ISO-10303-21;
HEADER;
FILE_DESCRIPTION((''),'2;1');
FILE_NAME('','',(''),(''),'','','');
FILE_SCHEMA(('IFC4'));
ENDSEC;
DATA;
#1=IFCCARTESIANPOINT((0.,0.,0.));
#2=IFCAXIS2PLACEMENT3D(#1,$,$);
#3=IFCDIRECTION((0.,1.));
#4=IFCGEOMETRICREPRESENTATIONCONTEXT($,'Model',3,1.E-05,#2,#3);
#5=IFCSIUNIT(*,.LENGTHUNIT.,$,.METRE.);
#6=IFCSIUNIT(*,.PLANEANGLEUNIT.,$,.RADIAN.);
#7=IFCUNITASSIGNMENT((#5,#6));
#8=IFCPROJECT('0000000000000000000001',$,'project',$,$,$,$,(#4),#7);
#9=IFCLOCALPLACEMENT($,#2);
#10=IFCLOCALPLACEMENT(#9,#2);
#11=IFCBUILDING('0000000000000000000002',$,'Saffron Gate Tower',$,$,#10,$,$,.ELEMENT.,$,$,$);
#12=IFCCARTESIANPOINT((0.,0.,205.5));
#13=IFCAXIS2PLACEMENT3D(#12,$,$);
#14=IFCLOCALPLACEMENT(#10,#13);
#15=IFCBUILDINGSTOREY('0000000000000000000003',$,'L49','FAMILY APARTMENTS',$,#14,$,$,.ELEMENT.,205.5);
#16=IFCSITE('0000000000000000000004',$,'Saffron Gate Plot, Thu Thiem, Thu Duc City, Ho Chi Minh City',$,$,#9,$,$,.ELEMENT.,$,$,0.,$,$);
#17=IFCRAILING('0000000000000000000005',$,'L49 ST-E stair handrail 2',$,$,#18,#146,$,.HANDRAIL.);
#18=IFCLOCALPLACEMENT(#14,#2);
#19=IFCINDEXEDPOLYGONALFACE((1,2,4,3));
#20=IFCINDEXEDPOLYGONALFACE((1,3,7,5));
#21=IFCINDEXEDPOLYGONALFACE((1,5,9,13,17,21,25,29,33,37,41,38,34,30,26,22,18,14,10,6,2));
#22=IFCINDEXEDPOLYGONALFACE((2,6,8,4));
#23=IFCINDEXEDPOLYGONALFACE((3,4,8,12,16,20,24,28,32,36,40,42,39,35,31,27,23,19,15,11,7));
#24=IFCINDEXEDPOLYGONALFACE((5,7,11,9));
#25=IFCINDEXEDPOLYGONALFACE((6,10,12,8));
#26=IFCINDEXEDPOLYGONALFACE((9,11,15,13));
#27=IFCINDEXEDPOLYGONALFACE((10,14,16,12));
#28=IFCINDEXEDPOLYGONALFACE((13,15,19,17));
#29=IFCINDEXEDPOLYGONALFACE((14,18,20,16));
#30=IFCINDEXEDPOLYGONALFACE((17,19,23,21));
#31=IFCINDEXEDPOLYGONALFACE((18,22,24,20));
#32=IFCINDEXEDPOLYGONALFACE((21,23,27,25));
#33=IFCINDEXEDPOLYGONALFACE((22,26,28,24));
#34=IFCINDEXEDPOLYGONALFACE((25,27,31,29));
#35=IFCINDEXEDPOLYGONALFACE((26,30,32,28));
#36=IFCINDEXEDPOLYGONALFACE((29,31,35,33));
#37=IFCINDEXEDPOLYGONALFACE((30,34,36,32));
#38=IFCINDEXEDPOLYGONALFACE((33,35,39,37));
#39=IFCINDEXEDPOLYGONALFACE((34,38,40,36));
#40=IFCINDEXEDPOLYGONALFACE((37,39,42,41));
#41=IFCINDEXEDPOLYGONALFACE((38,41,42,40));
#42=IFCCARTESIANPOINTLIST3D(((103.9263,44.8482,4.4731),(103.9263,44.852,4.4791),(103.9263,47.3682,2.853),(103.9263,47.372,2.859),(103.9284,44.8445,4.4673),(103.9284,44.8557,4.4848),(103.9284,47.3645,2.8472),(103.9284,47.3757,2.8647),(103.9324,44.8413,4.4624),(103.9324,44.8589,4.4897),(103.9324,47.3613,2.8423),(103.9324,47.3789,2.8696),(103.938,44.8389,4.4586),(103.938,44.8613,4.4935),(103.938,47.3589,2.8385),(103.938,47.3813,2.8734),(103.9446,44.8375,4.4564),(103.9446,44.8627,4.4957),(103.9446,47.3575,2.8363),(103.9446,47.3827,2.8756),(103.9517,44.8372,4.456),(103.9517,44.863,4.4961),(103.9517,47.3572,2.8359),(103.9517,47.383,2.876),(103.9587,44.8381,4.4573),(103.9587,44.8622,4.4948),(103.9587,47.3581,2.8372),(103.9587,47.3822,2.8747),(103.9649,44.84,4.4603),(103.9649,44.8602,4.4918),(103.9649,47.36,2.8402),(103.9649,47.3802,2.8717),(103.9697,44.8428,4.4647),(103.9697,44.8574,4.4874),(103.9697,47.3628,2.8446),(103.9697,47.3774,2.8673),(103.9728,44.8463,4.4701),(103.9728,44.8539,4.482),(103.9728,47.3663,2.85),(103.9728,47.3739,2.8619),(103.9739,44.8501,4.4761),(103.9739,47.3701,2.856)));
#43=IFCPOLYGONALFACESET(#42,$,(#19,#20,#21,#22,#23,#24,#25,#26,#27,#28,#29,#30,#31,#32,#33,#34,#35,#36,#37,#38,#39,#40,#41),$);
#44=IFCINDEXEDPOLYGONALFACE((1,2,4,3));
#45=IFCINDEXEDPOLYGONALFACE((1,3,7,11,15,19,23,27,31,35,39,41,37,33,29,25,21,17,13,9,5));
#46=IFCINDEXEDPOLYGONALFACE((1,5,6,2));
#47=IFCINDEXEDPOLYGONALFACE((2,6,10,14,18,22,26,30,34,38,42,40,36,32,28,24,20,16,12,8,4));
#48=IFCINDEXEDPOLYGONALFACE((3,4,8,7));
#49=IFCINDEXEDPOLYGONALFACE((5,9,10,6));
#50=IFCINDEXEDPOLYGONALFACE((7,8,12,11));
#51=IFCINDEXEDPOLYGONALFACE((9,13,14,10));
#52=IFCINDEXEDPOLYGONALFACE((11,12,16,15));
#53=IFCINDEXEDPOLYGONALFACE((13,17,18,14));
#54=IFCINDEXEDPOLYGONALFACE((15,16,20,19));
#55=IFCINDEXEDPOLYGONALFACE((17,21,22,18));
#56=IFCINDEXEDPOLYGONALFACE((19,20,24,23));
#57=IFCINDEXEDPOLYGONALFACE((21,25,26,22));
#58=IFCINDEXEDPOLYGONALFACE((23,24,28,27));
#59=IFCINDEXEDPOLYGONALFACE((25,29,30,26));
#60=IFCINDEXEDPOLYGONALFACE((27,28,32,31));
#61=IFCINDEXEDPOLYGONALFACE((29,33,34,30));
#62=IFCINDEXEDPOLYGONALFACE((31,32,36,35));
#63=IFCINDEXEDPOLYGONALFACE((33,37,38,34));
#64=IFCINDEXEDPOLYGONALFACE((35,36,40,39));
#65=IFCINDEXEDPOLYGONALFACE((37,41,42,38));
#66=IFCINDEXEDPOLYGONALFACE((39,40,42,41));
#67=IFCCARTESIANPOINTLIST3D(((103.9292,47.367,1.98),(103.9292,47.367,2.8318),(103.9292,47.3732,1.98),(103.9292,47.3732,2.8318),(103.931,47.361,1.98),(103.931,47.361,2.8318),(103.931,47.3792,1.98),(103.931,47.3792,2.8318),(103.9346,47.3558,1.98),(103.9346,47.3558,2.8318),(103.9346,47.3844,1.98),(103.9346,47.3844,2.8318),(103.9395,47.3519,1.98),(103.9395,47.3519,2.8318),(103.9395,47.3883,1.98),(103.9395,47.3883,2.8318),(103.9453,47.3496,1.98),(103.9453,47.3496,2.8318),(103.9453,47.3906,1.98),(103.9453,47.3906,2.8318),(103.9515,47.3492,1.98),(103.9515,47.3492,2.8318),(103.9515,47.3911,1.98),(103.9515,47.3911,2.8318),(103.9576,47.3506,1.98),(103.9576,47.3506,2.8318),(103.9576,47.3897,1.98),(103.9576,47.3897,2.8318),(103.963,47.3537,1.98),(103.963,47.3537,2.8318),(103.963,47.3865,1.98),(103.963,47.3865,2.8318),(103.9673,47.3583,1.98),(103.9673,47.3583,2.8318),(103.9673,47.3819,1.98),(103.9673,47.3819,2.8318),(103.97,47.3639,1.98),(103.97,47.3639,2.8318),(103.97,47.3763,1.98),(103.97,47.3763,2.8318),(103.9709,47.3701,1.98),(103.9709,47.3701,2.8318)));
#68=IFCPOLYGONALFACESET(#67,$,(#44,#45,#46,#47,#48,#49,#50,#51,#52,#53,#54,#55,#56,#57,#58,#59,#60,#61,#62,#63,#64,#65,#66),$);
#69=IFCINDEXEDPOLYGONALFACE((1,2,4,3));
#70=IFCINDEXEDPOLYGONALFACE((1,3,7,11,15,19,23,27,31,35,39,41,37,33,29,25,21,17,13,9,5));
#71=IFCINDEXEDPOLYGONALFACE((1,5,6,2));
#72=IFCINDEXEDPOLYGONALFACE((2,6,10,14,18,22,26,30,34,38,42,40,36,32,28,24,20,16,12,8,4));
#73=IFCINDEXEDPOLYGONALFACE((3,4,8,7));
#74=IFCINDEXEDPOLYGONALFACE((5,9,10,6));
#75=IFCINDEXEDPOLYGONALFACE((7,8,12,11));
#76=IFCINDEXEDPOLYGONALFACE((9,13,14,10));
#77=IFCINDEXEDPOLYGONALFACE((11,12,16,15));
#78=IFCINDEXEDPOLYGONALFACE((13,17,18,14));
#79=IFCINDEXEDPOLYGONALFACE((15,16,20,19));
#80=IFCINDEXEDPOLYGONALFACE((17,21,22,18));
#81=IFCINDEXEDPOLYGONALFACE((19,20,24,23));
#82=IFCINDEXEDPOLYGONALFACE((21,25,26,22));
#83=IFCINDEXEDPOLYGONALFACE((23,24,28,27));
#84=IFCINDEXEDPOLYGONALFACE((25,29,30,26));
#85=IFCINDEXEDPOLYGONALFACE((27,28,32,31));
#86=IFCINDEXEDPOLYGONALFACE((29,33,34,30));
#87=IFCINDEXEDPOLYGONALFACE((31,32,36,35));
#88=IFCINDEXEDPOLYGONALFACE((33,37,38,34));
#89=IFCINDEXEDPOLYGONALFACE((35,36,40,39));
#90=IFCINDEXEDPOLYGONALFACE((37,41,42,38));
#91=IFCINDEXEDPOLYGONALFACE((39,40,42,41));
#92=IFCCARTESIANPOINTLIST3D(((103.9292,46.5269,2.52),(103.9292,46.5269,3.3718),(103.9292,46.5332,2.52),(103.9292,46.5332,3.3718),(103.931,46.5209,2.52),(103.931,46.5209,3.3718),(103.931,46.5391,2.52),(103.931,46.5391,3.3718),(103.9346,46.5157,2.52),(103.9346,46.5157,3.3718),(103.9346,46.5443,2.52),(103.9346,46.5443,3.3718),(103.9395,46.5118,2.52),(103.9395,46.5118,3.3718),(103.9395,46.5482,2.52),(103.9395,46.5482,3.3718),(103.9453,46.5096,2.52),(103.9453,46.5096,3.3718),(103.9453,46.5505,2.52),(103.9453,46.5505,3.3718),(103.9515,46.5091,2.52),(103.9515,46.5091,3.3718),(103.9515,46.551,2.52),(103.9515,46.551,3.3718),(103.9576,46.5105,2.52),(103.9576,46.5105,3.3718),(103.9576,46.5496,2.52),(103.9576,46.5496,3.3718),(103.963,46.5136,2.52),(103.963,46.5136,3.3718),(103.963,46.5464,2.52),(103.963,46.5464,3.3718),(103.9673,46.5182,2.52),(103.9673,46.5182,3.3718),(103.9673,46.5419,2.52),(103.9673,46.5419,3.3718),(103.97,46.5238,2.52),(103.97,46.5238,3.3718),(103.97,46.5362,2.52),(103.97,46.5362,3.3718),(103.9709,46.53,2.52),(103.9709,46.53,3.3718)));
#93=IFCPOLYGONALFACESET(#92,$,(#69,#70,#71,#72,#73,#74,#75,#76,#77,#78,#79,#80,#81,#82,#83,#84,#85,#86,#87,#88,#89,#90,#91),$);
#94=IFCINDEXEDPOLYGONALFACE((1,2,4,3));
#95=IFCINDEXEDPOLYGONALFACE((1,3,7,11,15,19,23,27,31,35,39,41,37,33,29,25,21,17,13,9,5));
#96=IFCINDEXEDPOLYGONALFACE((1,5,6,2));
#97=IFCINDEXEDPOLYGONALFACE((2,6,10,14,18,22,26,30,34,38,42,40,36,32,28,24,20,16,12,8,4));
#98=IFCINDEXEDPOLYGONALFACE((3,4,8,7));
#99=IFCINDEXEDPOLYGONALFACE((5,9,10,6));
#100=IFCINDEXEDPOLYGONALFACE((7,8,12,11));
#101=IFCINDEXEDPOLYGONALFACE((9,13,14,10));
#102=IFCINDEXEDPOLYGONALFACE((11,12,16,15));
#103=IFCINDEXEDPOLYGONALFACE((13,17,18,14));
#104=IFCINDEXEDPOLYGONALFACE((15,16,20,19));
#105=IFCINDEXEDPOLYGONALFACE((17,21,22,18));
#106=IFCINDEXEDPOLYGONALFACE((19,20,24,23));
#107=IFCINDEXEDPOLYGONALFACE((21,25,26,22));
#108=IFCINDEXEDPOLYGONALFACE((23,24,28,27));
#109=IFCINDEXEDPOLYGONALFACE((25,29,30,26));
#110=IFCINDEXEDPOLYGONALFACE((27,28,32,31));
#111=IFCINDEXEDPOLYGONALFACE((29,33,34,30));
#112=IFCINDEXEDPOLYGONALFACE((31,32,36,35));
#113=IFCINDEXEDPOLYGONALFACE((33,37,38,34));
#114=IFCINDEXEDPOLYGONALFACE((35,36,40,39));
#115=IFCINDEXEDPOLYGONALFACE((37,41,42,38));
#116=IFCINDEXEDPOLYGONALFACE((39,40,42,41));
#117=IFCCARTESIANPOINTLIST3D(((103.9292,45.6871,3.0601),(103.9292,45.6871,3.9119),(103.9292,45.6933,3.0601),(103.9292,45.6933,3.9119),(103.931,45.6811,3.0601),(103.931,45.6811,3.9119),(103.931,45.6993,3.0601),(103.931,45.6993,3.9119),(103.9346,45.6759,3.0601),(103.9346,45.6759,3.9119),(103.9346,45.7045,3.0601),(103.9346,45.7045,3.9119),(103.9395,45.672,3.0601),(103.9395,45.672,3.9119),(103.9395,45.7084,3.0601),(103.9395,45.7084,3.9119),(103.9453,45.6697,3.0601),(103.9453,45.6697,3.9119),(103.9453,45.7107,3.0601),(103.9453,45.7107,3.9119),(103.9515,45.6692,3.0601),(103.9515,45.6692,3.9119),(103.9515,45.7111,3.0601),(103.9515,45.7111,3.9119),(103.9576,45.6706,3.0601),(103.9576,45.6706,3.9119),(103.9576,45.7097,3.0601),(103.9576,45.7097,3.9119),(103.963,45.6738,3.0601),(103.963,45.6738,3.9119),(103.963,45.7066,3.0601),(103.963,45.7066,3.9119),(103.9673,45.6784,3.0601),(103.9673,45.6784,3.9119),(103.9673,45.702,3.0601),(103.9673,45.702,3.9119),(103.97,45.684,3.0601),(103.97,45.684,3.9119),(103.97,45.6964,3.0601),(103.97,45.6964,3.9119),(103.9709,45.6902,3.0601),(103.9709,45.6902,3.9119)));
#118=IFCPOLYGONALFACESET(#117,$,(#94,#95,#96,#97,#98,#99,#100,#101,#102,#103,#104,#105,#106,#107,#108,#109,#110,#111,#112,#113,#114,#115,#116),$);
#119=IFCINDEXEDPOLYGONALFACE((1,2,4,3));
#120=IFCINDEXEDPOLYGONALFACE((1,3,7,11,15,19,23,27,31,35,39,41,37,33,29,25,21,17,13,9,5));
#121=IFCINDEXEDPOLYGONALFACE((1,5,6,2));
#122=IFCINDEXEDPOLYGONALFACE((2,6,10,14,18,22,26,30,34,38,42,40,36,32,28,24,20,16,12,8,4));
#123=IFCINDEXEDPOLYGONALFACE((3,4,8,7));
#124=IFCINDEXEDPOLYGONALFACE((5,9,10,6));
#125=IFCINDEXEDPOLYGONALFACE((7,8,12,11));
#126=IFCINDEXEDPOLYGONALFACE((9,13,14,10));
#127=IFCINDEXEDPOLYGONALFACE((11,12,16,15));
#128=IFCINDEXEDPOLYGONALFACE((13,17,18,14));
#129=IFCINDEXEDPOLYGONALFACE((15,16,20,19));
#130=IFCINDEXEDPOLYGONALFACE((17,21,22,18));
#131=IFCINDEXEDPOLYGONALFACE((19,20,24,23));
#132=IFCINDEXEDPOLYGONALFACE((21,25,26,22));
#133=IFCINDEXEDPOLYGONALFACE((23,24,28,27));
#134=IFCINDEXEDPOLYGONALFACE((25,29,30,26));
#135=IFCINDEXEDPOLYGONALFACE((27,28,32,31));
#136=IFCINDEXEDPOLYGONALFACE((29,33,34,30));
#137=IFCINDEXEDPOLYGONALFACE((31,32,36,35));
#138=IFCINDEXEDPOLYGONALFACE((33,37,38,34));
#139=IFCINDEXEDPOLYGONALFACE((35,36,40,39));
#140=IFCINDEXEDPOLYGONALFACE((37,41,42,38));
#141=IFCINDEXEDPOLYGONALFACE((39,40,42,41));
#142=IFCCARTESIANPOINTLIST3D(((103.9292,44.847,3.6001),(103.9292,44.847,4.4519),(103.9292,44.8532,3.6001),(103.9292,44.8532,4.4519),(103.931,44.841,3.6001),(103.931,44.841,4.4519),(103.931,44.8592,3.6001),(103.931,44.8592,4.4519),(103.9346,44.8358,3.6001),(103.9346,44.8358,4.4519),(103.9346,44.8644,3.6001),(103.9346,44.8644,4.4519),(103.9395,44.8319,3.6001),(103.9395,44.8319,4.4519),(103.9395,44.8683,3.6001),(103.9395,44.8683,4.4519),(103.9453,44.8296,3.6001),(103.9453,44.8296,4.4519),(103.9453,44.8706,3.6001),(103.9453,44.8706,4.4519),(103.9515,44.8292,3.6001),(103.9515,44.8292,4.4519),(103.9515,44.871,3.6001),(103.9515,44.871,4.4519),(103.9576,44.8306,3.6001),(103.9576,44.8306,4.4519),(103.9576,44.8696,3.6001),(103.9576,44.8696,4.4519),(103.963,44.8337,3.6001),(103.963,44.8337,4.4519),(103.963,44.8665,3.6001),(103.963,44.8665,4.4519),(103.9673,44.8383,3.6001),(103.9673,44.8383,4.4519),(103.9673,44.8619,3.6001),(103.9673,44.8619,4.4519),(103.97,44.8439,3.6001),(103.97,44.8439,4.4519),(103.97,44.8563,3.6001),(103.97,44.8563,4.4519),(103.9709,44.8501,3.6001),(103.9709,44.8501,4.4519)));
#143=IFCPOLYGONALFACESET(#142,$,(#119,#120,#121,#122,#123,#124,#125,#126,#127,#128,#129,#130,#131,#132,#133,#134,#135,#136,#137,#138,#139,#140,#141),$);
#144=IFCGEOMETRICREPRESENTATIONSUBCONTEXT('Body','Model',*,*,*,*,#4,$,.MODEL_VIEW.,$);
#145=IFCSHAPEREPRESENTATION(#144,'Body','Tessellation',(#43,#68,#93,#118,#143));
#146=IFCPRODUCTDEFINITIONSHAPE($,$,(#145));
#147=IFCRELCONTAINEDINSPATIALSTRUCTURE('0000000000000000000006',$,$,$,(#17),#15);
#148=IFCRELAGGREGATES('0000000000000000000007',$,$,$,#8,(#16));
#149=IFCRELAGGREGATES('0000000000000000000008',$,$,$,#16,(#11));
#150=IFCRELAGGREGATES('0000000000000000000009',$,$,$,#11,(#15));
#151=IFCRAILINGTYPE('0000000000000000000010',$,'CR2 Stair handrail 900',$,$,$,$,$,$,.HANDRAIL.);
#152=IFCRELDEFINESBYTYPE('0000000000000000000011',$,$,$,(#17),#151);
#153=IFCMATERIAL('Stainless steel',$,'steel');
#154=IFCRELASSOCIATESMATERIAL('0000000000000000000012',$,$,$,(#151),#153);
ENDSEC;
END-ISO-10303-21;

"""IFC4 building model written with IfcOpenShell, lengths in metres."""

from ifc_helpers import new_model, si_unit, direction, frame, origin, origin_2d, place, context, subcontext, project, spatial, circle, extrude, material, type_object, element, save


model = new_model("IFC4")

# Units and contexts
model_context = context("Model", 3, precision=1e-05, world=origin(), true_north=direction((0.0, 1.0)))
body_context = subcontext(model_context, "Body", "Model", "MODEL_VIEW")
ifc_project = project(units=[si_unit("LENGTHUNIT", "METRE"), si_unit("PLANEANGLEUNIT", "RADIAN")], contexts=[model_context])

# Site, building, storey
site_placement = place(None, origin())
site = spatial("IfcSite", under=ifc_project, at=site_placement, Name="Saffron Gate Plot, Thu Thiem, Thu Duc City, Ho Chi Minh City", CompositionType="ELEMENT", RefElevation=0.0)
building_placement = place(site_placement, origin())
building = spatial("IfcBuilding", under=site, at=building_placement, Name="Saffron Gate Tower", CompositionType="ELEMENT")
storey_placement = place(building_placement, frame((0.0, 0.0, 205.5)))
storey = spatial("IfcBuildingStorey", under=building, at=storey_placement, Name="L49", Description="FAMILY APARTMENTS", CompositionType="ELEMENT", Elevation=205.5)

# Railing
ifc_material_1 = material(Name="Stainless steel", Category="steel")
railing_type_1 = type_object("IfcRailingType", Name="CR2 Stair handrail 900", PredefinedType="HANDRAIL", material=ifc_material_1)
railing_1_placement = place(storey_placement, frame((103.95, 47.3701, 1.98)))
element("IfcRailing", 1, at=railing_1_placement, inside=storey, type_object=railing_type_1, Name="L49 ST-E stair handrail 2", PredefinedType="HANDRAIL", context=body_context, shape_type="SweptSolid", body=[
    extrude(circle(Radius=0.0239, at=origin_2d()), frame((0.0, 0.0, 0.876), z_axis=(0.0, -0.841163, 0.540782), x_axis=(1.0, 0.0, 0.0)), (0.0, 0.0, 1.0), 2.9958),
    extrude(circle(Radius=0.021, at=origin_2d()), origin(), (0.0, 0.0, 1.0), 0.8518),
    extrude(circle(Radius=0.021, at=origin_2d()), frame((0.0, -0.8401, 0.54)), (0.0, 0.0, 1.0), 0.8518),
    extrude(circle(Radius=0.021, at=origin_2d()), frame((0.0, -1.6799, 1.0801)), (0.0, 0.0, 1.0), 0.8518),
    extrude(circle(Radius=0.021, at=origin_2d()), frame((0.0, -2.52, 1.6201)), (0.0, 0.0, 1.0), 0.8518),
])

save(model, "model.ifc")
